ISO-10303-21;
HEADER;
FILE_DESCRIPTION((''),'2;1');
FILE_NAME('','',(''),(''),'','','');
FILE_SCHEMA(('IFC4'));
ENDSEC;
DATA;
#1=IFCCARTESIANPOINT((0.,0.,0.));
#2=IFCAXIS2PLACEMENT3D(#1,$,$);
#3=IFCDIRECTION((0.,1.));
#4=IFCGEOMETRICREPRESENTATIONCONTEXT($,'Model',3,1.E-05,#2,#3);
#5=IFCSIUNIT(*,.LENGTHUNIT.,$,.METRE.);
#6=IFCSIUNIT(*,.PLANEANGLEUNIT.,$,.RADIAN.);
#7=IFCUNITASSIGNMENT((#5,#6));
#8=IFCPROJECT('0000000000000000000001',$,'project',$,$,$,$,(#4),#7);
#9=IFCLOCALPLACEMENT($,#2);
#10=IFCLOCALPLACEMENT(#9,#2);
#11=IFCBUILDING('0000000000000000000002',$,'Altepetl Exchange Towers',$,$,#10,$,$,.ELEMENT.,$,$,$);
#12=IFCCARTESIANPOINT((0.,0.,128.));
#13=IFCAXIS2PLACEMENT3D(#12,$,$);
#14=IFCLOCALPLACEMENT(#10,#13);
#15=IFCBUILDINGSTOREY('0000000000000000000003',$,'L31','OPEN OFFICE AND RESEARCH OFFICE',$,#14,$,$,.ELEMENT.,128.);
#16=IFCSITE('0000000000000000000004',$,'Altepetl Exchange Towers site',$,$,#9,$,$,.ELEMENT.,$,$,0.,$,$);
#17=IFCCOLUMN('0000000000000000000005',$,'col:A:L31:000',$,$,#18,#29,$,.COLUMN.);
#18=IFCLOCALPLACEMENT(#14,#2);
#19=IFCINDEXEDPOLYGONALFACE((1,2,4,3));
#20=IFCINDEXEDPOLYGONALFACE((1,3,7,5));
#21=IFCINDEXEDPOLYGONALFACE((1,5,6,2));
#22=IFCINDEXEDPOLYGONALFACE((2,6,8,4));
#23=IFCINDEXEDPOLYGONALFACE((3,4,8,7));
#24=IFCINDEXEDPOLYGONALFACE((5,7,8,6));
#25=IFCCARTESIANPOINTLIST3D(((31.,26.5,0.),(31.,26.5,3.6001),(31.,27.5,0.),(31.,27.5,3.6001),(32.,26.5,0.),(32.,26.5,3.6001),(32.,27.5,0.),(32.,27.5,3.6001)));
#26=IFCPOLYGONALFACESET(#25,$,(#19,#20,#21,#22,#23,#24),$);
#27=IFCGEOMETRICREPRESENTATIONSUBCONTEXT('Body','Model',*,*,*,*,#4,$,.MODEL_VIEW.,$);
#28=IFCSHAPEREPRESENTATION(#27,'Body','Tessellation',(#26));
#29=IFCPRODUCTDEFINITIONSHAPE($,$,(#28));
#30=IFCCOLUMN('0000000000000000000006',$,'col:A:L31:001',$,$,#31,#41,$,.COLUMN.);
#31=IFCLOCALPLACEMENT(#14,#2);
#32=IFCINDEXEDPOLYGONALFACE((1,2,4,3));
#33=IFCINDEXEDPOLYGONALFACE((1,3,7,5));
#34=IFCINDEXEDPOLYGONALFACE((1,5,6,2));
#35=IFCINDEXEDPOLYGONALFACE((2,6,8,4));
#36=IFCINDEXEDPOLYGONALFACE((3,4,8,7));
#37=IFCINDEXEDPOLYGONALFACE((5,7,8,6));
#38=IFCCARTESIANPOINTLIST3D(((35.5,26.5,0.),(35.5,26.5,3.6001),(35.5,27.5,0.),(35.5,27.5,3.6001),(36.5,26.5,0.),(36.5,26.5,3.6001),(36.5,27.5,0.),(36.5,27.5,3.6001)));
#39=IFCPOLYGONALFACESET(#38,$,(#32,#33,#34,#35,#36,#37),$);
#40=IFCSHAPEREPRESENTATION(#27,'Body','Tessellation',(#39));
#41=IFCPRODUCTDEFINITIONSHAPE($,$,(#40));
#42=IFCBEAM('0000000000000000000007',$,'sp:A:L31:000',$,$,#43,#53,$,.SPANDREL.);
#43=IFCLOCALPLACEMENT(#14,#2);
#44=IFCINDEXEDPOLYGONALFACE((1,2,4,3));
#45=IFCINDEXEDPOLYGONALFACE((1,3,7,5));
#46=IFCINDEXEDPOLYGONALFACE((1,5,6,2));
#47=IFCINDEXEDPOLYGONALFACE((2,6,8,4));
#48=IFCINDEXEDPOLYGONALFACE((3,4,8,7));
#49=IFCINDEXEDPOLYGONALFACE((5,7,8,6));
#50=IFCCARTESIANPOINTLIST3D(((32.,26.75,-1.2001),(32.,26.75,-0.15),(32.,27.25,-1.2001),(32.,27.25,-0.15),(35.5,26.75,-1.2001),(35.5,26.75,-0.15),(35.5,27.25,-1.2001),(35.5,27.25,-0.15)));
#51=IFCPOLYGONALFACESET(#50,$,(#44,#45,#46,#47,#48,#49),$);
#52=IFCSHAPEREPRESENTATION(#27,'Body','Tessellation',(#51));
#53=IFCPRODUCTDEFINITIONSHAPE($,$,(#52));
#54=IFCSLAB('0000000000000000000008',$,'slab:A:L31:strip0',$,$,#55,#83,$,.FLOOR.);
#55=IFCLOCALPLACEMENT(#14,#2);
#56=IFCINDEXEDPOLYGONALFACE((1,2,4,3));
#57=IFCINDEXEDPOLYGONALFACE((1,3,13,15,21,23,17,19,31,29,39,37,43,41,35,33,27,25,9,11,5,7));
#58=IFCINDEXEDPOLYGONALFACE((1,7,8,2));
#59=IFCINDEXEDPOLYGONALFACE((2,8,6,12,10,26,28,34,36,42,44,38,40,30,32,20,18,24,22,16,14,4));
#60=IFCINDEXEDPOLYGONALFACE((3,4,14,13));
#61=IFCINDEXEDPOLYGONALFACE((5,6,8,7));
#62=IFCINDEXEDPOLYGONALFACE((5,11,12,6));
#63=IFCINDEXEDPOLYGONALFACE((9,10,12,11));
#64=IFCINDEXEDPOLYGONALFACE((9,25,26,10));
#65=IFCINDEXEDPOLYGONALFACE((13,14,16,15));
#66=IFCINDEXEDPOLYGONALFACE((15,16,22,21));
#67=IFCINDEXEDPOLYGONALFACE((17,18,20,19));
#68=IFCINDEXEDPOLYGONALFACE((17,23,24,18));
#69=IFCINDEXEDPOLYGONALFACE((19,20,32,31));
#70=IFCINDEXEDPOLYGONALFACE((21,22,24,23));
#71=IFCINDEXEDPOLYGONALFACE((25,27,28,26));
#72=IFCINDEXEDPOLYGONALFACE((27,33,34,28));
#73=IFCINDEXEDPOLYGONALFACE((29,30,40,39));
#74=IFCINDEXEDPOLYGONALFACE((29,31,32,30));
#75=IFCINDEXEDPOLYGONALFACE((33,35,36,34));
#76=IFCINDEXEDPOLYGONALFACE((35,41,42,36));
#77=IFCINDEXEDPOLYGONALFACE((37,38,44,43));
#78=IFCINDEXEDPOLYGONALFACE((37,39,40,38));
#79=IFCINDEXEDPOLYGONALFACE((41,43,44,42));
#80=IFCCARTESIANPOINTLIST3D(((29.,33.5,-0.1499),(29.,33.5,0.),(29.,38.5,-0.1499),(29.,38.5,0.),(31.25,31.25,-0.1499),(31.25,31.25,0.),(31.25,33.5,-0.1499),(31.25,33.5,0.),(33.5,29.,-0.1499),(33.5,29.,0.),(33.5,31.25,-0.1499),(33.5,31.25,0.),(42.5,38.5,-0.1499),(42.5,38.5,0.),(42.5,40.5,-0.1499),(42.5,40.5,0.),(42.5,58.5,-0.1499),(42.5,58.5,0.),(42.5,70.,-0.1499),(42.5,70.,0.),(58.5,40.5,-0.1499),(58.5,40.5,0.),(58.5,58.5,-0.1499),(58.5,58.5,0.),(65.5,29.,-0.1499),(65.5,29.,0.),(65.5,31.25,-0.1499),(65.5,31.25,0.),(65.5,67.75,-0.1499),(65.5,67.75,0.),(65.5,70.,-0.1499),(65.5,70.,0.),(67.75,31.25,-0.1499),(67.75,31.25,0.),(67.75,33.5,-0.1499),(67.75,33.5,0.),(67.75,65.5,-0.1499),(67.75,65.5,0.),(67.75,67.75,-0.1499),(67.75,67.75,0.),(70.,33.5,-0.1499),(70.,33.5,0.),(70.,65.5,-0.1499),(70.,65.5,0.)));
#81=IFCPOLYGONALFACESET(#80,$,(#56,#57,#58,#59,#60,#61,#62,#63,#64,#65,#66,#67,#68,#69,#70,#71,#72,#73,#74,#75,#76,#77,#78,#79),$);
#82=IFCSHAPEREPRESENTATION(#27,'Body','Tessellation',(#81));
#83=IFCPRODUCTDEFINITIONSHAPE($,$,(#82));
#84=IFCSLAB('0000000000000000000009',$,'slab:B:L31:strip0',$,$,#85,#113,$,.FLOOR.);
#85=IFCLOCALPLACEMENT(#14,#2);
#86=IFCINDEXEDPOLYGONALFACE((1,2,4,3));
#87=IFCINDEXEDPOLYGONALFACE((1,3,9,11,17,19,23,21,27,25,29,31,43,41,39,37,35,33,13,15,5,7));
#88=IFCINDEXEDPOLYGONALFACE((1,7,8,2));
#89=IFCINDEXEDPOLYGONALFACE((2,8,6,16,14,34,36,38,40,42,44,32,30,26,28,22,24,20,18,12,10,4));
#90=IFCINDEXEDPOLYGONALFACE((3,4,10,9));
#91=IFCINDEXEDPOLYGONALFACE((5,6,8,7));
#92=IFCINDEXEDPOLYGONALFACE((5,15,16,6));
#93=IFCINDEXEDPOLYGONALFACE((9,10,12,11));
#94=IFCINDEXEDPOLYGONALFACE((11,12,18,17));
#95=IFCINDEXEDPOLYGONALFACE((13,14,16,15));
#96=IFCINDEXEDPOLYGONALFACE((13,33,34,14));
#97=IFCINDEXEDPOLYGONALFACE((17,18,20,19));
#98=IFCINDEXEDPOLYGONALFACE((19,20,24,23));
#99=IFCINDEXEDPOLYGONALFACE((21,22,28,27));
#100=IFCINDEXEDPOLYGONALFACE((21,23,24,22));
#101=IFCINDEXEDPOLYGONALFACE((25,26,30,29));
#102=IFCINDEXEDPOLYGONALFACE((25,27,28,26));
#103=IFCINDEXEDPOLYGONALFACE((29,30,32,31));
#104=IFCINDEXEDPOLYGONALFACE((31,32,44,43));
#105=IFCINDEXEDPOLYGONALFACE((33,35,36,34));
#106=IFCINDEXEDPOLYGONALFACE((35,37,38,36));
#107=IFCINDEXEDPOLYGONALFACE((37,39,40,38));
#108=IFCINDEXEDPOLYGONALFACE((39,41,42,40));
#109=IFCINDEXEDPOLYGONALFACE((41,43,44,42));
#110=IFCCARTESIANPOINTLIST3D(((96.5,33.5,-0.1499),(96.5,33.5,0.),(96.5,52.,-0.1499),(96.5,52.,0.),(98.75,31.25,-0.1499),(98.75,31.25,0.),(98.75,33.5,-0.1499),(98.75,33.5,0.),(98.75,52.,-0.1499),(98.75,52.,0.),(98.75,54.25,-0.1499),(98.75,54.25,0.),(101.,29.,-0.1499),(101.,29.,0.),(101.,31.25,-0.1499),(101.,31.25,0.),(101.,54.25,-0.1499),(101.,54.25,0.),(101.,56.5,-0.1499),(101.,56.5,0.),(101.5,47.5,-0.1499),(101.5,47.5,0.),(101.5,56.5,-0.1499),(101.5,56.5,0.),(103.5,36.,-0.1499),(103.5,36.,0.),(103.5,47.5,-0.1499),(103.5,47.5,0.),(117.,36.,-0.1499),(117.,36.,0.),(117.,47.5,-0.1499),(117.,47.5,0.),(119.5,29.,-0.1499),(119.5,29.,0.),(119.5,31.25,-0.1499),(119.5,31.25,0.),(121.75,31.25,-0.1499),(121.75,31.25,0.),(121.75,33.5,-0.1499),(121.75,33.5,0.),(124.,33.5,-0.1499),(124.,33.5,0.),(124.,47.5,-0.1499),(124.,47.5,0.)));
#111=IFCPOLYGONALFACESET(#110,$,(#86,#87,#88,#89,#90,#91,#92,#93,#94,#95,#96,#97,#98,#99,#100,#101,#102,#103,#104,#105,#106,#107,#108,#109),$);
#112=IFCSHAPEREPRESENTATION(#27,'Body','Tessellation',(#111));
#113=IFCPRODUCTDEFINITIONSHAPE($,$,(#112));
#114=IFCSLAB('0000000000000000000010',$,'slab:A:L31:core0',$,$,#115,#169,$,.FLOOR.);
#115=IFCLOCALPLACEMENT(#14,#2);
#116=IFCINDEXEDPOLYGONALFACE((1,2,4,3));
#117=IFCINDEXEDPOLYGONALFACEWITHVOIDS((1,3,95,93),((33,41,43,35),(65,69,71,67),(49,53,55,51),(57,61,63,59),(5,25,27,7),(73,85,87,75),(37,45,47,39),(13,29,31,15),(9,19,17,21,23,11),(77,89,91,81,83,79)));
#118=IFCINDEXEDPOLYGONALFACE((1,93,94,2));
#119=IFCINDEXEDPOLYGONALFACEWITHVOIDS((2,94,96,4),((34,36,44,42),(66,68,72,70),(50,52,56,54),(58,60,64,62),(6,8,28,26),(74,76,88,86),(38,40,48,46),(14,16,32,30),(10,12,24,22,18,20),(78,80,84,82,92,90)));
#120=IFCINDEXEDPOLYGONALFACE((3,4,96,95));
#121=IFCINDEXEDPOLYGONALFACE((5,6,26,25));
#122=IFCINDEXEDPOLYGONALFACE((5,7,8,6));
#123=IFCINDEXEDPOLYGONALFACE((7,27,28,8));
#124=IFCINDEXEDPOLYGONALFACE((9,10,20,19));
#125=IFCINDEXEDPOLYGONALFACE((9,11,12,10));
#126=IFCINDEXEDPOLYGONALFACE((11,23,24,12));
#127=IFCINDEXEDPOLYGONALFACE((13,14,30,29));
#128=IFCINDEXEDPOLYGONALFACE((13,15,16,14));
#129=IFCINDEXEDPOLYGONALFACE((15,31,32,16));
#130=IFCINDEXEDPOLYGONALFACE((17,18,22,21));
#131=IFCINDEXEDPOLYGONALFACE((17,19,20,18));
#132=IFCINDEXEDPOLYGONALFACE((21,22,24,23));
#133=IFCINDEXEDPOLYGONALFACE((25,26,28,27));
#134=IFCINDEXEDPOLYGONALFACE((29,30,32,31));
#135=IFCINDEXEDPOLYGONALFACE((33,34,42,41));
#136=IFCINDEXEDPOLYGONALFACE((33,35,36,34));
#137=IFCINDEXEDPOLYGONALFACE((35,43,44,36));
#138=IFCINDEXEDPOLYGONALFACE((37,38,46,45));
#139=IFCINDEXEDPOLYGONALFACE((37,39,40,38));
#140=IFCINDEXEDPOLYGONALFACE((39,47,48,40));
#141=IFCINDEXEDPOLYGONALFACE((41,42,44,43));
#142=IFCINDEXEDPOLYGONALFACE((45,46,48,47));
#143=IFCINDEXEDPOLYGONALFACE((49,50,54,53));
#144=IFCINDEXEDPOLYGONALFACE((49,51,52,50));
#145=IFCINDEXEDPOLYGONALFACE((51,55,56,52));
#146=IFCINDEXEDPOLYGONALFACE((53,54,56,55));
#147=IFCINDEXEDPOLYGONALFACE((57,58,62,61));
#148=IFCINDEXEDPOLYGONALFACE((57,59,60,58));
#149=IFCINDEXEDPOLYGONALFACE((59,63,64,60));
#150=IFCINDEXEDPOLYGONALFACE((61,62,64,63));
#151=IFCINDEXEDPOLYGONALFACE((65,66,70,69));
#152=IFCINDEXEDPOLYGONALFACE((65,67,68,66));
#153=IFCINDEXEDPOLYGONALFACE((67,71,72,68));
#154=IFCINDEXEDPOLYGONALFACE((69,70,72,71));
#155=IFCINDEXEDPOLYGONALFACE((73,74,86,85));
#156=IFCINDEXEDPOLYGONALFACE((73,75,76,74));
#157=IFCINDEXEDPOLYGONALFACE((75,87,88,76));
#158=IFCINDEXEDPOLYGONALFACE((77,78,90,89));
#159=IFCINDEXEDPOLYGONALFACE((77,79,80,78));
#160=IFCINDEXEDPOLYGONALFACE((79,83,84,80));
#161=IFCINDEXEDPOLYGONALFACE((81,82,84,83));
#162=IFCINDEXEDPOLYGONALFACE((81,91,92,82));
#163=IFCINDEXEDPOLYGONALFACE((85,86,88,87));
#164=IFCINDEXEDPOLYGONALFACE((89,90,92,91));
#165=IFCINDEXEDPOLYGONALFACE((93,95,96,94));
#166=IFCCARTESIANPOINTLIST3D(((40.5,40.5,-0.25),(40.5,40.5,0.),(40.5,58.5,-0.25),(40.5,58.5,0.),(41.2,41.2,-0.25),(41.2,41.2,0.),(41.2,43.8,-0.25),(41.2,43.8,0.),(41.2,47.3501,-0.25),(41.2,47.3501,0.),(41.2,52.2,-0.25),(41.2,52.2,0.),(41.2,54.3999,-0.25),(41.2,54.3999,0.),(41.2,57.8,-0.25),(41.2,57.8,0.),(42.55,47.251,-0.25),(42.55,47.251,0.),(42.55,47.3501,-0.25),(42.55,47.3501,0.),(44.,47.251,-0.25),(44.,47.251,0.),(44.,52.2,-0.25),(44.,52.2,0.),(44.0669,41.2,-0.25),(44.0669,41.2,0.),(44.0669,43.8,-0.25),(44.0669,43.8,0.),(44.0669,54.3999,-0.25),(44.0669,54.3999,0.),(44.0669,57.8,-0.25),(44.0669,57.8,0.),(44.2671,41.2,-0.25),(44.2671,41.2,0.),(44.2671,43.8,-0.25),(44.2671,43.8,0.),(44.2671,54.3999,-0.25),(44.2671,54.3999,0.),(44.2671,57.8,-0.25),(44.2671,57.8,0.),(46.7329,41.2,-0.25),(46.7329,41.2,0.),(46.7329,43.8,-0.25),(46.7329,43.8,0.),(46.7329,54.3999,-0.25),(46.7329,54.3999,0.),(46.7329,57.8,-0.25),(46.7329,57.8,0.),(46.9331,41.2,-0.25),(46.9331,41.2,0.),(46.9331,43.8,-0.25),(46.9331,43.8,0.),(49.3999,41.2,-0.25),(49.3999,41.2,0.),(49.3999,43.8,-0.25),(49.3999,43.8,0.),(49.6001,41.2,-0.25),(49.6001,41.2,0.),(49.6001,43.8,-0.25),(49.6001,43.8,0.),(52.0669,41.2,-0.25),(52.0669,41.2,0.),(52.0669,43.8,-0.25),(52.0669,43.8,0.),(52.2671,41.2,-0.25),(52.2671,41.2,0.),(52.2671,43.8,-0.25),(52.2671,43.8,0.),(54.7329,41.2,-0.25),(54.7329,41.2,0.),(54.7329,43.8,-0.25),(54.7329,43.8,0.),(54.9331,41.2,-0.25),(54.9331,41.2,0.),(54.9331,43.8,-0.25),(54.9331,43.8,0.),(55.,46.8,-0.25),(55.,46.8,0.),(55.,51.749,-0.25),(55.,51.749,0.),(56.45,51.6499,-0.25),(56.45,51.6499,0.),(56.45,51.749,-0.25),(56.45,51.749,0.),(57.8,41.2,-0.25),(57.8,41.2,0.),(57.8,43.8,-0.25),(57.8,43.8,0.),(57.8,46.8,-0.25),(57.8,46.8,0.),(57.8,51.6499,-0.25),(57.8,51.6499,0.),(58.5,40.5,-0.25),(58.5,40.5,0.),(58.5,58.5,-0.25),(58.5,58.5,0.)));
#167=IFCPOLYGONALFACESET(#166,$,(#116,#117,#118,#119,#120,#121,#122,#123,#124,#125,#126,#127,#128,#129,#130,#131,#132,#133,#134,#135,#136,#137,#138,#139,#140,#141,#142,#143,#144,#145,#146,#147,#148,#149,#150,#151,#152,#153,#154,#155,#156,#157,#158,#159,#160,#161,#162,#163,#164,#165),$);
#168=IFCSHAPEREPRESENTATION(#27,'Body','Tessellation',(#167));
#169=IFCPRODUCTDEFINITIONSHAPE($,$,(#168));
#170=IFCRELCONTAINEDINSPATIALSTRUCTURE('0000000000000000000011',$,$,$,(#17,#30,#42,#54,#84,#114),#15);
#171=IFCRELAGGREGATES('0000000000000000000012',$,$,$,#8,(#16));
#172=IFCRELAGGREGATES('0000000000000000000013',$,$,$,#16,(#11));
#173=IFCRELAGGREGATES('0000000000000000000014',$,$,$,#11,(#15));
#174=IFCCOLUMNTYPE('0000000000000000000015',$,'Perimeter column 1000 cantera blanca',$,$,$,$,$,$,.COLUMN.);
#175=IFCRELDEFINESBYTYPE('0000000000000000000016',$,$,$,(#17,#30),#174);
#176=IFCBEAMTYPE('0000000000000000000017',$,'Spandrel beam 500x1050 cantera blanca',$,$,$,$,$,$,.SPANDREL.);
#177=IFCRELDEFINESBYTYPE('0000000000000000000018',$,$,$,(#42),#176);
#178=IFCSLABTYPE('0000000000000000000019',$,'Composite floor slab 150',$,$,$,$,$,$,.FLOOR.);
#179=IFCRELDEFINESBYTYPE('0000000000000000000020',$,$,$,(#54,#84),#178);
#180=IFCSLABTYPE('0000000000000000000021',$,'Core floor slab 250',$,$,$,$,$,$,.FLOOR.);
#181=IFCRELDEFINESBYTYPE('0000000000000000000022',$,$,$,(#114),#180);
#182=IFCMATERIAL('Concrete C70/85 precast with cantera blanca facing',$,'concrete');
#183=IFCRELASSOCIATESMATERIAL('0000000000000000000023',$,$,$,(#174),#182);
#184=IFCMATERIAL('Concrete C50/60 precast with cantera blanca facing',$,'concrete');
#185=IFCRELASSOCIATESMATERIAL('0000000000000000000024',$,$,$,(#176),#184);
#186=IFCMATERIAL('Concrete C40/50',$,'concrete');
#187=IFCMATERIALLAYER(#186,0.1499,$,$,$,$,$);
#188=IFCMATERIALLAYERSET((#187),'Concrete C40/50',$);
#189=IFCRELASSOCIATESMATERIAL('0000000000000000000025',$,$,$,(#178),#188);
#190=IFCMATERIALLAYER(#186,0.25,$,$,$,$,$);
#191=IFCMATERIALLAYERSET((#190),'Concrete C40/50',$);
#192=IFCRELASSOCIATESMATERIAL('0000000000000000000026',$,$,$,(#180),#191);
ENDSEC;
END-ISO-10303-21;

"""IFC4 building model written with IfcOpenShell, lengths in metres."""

from ifc_helpers import new_model, si_unit, direction, frame, origin, origin_2d, place, context, subcontext, project, spatial, polyline, rectangle, outline, extrude, material, layer, layer_set, material_profile, profile_set, type_object, element, save


model = new_model("IFC4")

# Units and contexts
model_context = context("Model", 3, precision=1e-05, world=origin(), true_north=direction((0.0, 1.0)))
body_context = subcontext(model_context, "Body", "Model", "MODEL_VIEW")
ifc_project = project(units=[si_unit("LENGTHUNIT", "METRE"), si_unit("PLANEANGLEUNIT", "RADIAN")], contexts=[model_context])

# Site, building, storey
site_placement = place(None, origin())
site = spatial("IfcSite", under=ifc_project, at=site_placement, Name="Altepetl Exchange Towers site", CompositionType="ELEMENT", RefElevation=0.0)
building_placement = place(site_placement, origin())
building = spatial("IfcBuilding", under=site, at=building_placement, Name="Altepetl Exchange Towers", CompositionType="ELEMENT")
storey_placement = place(building_placement, frame((0.0, 0.0, 128.0)))
storey = spatial("IfcBuildingStorey", under=building, at=storey_placement, Name="L31", Description="OPEN OFFICE AND RESEARCH OFFICE", CompositionType="ELEMENT", Elevation=128.0)

# Columns
ifc_material_1 = material(Name="Concrete C70/85 precast with cantera blanca facing", Category="concrete")
ifc_material_profile_1 = material_profile(ifc_material_1, rectangle(XDim=1.0, YDim=1.0, at=origin_2d()), Name="1000 x 1000")
ifc_profile_set_1 = profile_set([ifc_material_profile_1], Name="Concrete C70/85 precast with cantera blanca facing")
column_type = type_object("IfcColumnType", Name="Perimeter column 1000 cantera blanca", PredefinedType="COLUMN", material=ifc_profile_set_1)
for number, where, name in (
    (1, (31.5, 27.0, 0.0), "col:A:L31:000"),
    (2, (36.0, 27.0, 0.0), "col:A:L31:001"),
):
    element("IfcColumn", number, at=place(storey_placement, frame(where)), inside=storey, type_object=column_type, Name=name, PredefinedType="COLUMN", context=body_context, shape_type="SweptSolid", body=[
        extrude(rectangle(XDim=1.0, YDim=1.0, at=origin_2d()), origin(), (0.0, 0.0, 1.0), 3.6001),
    ])

# Beam
ifc_material_2 = material(Name="Concrete C50/60 precast with cantera blanca facing", Category="concrete")
ifc_material_profile_2 = material_profile(ifc_material_2, rectangle(XDim=0.5, YDim=1.05, at=origin_2d()), Name="500 x 1050")
ifc_profile_set_2 = profile_set([ifc_material_profile_2], Name="Concrete C50/60 precast with cantera blanca facing")
beam_type = type_object("IfcBeamType", Name="Spandrel beam 500x1050 cantera blanca", PredefinedType="SPANDREL", material=ifc_profile_set_2)
beam_placement = place(storey_placement, frame((32.0, 27.0, -0.675), z_axis=(1.0, 0.0, 0.0), x_axis=(0.0, 1.0, 0.0)))
element("IfcBeam", 3, at=beam_placement, inside=storey, type_object=beam_type, Name="sp:A:L31:000", PredefinedType="SPANDREL", context=body_context, shape_type="SweptSolid", body=[
    extrude(rectangle(XDim=0.5, YDim=1.05, at=origin_2d()), origin(), (0.0, 0.0, 1.0), 3.5),
])

# Slabs
ifc_material_3 = material(Name="Concrete C40/50", Category="concrete")
ifc_layer_1 = layer(ifc_material_3, 0.1499)
ifc_layer_set_1 = layer_set([ifc_layer_1], Name="Concrete C40/50")
slab_type_1 = type_object("IfcSlabType", Name="Composite floor slab 150", PredefinedType="FLOOR", material=ifc_layer_set_1)
slab_1_placement = place(storey_placement, frame((0.0, 0.0, -0.1499)))
element("IfcSlab", 4, at=slab_1_placement, inside=storey, type_object=slab_type_1, Name="slab:A:L31:strip0", PredefinedType="FLOOR", context=body_context, shape_type="SweptSolid", body=[
    extrude(outline(polyline([(42.5, 70.0), (42.5, 58.5), (58.5, 58.5), (58.5, 40.5), (42.5, 40.5), (42.5, 38.5), (29.0, 38.5), (29.0, 33.5), (31.25, 33.5), (31.25, 31.25), (33.5, 31.25), (33.5, 29.0), (65.5, 29.0), (65.5, 31.25), (67.75, 31.25), (67.75, 33.5), (70.0, 33.5), (70.0, 65.5), (67.75, 65.5), (67.75, 67.75), (65.5, 67.75), (65.5, 70.0), (42.5, 70.0)])), origin(), (0.0, 0.0, 1.0), 0.1499),
])
slab_2_placement = place(storey_placement, frame((0.0, 0.0, -0.1499)))
element("IfcSlab", 5, at=slab_2_placement, inside=storey, type_object=slab_type_1, Name="slab:B:L31:strip0", PredefinedType="FLOOR", context=body_context, shape_type="SweptSolid", body=[
    extrude(outline(polyline([(98.75, 54.25), (98.75, 52.0), (96.5, 52.0), (96.5, 33.5), (98.75, 33.5), (98.75, 31.25), (101.0, 31.25), (101.0, 29.0), (119.5, 29.0), (119.5, 31.25), (121.75, 31.25), (121.75, 33.5), (124.0, 33.5), (124.0, 47.5), (117.0, 47.5), (117.0, 36.0), (103.5, 36.0), (103.5, 47.5), (101.5, 47.5), (101.5, 56.5), (101.0, 56.5), (101.0, 54.25), (98.75, 54.25)])), origin(), (0.0, 0.0, 1.0), 0.1499),
])
ifc_layer_2 = layer(ifc_material_3, 0.25)
ifc_layer_set_2 = layer_set([ifc_layer_2], Name="Concrete C40/50")
slab_type_2 = type_object("IfcSlabType", Name="Core floor slab 250", PredefinedType="FLOOR", material=ifc_layer_set_2)
slab_3_placement = place(storey_placement, frame((0.0, 0.0, -0.25)))
element("IfcSlab", 6, at=slab_3_placement, inside=storey, type_object=slab_type_2, Name="slab:A:L31:core0", PredefinedType="FLOOR", context=body_context, shape_type="SweptSolid", body=[
    extrude(outline(polyline([(40.5, 40.5), (58.5, 40.5), (58.5, 58.5), (40.5, 58.5), (40.5, 40.5)]), holes=[polyline([(41.2, 43.8), (44.0669, 43.8), (44.0669, 41.2), (41.2, 41.2), (41.2, 43.8)]), polyline([(44.2671, 43.8), (46.7329, 43.8), (46.7329, 41.2), (44.2671, 41.2), (44.2671, 43.8)]), polyline([(46.9331, 43.8), (49.3999, 43.8), (49.3999, 41.2), (46.9331, 41.2), (46.9331, 43.8)]), polyline([(52.0669, 43.8), (52.0669, 41.2), (49.6001, 41.2), (49.6001, 43.8), (52.0669, 43.8)]), polyline([(54.7329, 43.8), (54.7329, 41.2), (52.2671, 41.2), (52.2671, 43.8), (54.7329, 43.8)]), polyline([(54.9331, 43.8), (57.8, 43.8), (57.8, 41.2), (54.9331, 41.2), (54.9331, 43.8)]), polyline([(55.0, 51.749), (56.45, 51.749), (56.45, 51.6499), (57.8, 51.6499), (57.8, 46.8), (55.0, 46.8), (55.0, 51.749)]), polyline([(44.0, 47.251), (42.55, 47.251), (42.55, 47.3501), (41.2, 47.3501), (41.2, 52.2), (44.0, 52.2), (44.0, 47.251)]), polyline([(44.0669, 57.8), (44.0669, 54.3999), (41.2, 54.3999), (41.2, 57.8), (44.0669, 57.8)]), polyline([(46.7329, 57.8), (46.7329, 54.3999), (44.2671, 54.3999), (44.2671, 57.8), (46.7329, 57.8)])]), origin(), (0.0, 0.0, 1.0), 0.25),
])

save(model, "model.ifc")
